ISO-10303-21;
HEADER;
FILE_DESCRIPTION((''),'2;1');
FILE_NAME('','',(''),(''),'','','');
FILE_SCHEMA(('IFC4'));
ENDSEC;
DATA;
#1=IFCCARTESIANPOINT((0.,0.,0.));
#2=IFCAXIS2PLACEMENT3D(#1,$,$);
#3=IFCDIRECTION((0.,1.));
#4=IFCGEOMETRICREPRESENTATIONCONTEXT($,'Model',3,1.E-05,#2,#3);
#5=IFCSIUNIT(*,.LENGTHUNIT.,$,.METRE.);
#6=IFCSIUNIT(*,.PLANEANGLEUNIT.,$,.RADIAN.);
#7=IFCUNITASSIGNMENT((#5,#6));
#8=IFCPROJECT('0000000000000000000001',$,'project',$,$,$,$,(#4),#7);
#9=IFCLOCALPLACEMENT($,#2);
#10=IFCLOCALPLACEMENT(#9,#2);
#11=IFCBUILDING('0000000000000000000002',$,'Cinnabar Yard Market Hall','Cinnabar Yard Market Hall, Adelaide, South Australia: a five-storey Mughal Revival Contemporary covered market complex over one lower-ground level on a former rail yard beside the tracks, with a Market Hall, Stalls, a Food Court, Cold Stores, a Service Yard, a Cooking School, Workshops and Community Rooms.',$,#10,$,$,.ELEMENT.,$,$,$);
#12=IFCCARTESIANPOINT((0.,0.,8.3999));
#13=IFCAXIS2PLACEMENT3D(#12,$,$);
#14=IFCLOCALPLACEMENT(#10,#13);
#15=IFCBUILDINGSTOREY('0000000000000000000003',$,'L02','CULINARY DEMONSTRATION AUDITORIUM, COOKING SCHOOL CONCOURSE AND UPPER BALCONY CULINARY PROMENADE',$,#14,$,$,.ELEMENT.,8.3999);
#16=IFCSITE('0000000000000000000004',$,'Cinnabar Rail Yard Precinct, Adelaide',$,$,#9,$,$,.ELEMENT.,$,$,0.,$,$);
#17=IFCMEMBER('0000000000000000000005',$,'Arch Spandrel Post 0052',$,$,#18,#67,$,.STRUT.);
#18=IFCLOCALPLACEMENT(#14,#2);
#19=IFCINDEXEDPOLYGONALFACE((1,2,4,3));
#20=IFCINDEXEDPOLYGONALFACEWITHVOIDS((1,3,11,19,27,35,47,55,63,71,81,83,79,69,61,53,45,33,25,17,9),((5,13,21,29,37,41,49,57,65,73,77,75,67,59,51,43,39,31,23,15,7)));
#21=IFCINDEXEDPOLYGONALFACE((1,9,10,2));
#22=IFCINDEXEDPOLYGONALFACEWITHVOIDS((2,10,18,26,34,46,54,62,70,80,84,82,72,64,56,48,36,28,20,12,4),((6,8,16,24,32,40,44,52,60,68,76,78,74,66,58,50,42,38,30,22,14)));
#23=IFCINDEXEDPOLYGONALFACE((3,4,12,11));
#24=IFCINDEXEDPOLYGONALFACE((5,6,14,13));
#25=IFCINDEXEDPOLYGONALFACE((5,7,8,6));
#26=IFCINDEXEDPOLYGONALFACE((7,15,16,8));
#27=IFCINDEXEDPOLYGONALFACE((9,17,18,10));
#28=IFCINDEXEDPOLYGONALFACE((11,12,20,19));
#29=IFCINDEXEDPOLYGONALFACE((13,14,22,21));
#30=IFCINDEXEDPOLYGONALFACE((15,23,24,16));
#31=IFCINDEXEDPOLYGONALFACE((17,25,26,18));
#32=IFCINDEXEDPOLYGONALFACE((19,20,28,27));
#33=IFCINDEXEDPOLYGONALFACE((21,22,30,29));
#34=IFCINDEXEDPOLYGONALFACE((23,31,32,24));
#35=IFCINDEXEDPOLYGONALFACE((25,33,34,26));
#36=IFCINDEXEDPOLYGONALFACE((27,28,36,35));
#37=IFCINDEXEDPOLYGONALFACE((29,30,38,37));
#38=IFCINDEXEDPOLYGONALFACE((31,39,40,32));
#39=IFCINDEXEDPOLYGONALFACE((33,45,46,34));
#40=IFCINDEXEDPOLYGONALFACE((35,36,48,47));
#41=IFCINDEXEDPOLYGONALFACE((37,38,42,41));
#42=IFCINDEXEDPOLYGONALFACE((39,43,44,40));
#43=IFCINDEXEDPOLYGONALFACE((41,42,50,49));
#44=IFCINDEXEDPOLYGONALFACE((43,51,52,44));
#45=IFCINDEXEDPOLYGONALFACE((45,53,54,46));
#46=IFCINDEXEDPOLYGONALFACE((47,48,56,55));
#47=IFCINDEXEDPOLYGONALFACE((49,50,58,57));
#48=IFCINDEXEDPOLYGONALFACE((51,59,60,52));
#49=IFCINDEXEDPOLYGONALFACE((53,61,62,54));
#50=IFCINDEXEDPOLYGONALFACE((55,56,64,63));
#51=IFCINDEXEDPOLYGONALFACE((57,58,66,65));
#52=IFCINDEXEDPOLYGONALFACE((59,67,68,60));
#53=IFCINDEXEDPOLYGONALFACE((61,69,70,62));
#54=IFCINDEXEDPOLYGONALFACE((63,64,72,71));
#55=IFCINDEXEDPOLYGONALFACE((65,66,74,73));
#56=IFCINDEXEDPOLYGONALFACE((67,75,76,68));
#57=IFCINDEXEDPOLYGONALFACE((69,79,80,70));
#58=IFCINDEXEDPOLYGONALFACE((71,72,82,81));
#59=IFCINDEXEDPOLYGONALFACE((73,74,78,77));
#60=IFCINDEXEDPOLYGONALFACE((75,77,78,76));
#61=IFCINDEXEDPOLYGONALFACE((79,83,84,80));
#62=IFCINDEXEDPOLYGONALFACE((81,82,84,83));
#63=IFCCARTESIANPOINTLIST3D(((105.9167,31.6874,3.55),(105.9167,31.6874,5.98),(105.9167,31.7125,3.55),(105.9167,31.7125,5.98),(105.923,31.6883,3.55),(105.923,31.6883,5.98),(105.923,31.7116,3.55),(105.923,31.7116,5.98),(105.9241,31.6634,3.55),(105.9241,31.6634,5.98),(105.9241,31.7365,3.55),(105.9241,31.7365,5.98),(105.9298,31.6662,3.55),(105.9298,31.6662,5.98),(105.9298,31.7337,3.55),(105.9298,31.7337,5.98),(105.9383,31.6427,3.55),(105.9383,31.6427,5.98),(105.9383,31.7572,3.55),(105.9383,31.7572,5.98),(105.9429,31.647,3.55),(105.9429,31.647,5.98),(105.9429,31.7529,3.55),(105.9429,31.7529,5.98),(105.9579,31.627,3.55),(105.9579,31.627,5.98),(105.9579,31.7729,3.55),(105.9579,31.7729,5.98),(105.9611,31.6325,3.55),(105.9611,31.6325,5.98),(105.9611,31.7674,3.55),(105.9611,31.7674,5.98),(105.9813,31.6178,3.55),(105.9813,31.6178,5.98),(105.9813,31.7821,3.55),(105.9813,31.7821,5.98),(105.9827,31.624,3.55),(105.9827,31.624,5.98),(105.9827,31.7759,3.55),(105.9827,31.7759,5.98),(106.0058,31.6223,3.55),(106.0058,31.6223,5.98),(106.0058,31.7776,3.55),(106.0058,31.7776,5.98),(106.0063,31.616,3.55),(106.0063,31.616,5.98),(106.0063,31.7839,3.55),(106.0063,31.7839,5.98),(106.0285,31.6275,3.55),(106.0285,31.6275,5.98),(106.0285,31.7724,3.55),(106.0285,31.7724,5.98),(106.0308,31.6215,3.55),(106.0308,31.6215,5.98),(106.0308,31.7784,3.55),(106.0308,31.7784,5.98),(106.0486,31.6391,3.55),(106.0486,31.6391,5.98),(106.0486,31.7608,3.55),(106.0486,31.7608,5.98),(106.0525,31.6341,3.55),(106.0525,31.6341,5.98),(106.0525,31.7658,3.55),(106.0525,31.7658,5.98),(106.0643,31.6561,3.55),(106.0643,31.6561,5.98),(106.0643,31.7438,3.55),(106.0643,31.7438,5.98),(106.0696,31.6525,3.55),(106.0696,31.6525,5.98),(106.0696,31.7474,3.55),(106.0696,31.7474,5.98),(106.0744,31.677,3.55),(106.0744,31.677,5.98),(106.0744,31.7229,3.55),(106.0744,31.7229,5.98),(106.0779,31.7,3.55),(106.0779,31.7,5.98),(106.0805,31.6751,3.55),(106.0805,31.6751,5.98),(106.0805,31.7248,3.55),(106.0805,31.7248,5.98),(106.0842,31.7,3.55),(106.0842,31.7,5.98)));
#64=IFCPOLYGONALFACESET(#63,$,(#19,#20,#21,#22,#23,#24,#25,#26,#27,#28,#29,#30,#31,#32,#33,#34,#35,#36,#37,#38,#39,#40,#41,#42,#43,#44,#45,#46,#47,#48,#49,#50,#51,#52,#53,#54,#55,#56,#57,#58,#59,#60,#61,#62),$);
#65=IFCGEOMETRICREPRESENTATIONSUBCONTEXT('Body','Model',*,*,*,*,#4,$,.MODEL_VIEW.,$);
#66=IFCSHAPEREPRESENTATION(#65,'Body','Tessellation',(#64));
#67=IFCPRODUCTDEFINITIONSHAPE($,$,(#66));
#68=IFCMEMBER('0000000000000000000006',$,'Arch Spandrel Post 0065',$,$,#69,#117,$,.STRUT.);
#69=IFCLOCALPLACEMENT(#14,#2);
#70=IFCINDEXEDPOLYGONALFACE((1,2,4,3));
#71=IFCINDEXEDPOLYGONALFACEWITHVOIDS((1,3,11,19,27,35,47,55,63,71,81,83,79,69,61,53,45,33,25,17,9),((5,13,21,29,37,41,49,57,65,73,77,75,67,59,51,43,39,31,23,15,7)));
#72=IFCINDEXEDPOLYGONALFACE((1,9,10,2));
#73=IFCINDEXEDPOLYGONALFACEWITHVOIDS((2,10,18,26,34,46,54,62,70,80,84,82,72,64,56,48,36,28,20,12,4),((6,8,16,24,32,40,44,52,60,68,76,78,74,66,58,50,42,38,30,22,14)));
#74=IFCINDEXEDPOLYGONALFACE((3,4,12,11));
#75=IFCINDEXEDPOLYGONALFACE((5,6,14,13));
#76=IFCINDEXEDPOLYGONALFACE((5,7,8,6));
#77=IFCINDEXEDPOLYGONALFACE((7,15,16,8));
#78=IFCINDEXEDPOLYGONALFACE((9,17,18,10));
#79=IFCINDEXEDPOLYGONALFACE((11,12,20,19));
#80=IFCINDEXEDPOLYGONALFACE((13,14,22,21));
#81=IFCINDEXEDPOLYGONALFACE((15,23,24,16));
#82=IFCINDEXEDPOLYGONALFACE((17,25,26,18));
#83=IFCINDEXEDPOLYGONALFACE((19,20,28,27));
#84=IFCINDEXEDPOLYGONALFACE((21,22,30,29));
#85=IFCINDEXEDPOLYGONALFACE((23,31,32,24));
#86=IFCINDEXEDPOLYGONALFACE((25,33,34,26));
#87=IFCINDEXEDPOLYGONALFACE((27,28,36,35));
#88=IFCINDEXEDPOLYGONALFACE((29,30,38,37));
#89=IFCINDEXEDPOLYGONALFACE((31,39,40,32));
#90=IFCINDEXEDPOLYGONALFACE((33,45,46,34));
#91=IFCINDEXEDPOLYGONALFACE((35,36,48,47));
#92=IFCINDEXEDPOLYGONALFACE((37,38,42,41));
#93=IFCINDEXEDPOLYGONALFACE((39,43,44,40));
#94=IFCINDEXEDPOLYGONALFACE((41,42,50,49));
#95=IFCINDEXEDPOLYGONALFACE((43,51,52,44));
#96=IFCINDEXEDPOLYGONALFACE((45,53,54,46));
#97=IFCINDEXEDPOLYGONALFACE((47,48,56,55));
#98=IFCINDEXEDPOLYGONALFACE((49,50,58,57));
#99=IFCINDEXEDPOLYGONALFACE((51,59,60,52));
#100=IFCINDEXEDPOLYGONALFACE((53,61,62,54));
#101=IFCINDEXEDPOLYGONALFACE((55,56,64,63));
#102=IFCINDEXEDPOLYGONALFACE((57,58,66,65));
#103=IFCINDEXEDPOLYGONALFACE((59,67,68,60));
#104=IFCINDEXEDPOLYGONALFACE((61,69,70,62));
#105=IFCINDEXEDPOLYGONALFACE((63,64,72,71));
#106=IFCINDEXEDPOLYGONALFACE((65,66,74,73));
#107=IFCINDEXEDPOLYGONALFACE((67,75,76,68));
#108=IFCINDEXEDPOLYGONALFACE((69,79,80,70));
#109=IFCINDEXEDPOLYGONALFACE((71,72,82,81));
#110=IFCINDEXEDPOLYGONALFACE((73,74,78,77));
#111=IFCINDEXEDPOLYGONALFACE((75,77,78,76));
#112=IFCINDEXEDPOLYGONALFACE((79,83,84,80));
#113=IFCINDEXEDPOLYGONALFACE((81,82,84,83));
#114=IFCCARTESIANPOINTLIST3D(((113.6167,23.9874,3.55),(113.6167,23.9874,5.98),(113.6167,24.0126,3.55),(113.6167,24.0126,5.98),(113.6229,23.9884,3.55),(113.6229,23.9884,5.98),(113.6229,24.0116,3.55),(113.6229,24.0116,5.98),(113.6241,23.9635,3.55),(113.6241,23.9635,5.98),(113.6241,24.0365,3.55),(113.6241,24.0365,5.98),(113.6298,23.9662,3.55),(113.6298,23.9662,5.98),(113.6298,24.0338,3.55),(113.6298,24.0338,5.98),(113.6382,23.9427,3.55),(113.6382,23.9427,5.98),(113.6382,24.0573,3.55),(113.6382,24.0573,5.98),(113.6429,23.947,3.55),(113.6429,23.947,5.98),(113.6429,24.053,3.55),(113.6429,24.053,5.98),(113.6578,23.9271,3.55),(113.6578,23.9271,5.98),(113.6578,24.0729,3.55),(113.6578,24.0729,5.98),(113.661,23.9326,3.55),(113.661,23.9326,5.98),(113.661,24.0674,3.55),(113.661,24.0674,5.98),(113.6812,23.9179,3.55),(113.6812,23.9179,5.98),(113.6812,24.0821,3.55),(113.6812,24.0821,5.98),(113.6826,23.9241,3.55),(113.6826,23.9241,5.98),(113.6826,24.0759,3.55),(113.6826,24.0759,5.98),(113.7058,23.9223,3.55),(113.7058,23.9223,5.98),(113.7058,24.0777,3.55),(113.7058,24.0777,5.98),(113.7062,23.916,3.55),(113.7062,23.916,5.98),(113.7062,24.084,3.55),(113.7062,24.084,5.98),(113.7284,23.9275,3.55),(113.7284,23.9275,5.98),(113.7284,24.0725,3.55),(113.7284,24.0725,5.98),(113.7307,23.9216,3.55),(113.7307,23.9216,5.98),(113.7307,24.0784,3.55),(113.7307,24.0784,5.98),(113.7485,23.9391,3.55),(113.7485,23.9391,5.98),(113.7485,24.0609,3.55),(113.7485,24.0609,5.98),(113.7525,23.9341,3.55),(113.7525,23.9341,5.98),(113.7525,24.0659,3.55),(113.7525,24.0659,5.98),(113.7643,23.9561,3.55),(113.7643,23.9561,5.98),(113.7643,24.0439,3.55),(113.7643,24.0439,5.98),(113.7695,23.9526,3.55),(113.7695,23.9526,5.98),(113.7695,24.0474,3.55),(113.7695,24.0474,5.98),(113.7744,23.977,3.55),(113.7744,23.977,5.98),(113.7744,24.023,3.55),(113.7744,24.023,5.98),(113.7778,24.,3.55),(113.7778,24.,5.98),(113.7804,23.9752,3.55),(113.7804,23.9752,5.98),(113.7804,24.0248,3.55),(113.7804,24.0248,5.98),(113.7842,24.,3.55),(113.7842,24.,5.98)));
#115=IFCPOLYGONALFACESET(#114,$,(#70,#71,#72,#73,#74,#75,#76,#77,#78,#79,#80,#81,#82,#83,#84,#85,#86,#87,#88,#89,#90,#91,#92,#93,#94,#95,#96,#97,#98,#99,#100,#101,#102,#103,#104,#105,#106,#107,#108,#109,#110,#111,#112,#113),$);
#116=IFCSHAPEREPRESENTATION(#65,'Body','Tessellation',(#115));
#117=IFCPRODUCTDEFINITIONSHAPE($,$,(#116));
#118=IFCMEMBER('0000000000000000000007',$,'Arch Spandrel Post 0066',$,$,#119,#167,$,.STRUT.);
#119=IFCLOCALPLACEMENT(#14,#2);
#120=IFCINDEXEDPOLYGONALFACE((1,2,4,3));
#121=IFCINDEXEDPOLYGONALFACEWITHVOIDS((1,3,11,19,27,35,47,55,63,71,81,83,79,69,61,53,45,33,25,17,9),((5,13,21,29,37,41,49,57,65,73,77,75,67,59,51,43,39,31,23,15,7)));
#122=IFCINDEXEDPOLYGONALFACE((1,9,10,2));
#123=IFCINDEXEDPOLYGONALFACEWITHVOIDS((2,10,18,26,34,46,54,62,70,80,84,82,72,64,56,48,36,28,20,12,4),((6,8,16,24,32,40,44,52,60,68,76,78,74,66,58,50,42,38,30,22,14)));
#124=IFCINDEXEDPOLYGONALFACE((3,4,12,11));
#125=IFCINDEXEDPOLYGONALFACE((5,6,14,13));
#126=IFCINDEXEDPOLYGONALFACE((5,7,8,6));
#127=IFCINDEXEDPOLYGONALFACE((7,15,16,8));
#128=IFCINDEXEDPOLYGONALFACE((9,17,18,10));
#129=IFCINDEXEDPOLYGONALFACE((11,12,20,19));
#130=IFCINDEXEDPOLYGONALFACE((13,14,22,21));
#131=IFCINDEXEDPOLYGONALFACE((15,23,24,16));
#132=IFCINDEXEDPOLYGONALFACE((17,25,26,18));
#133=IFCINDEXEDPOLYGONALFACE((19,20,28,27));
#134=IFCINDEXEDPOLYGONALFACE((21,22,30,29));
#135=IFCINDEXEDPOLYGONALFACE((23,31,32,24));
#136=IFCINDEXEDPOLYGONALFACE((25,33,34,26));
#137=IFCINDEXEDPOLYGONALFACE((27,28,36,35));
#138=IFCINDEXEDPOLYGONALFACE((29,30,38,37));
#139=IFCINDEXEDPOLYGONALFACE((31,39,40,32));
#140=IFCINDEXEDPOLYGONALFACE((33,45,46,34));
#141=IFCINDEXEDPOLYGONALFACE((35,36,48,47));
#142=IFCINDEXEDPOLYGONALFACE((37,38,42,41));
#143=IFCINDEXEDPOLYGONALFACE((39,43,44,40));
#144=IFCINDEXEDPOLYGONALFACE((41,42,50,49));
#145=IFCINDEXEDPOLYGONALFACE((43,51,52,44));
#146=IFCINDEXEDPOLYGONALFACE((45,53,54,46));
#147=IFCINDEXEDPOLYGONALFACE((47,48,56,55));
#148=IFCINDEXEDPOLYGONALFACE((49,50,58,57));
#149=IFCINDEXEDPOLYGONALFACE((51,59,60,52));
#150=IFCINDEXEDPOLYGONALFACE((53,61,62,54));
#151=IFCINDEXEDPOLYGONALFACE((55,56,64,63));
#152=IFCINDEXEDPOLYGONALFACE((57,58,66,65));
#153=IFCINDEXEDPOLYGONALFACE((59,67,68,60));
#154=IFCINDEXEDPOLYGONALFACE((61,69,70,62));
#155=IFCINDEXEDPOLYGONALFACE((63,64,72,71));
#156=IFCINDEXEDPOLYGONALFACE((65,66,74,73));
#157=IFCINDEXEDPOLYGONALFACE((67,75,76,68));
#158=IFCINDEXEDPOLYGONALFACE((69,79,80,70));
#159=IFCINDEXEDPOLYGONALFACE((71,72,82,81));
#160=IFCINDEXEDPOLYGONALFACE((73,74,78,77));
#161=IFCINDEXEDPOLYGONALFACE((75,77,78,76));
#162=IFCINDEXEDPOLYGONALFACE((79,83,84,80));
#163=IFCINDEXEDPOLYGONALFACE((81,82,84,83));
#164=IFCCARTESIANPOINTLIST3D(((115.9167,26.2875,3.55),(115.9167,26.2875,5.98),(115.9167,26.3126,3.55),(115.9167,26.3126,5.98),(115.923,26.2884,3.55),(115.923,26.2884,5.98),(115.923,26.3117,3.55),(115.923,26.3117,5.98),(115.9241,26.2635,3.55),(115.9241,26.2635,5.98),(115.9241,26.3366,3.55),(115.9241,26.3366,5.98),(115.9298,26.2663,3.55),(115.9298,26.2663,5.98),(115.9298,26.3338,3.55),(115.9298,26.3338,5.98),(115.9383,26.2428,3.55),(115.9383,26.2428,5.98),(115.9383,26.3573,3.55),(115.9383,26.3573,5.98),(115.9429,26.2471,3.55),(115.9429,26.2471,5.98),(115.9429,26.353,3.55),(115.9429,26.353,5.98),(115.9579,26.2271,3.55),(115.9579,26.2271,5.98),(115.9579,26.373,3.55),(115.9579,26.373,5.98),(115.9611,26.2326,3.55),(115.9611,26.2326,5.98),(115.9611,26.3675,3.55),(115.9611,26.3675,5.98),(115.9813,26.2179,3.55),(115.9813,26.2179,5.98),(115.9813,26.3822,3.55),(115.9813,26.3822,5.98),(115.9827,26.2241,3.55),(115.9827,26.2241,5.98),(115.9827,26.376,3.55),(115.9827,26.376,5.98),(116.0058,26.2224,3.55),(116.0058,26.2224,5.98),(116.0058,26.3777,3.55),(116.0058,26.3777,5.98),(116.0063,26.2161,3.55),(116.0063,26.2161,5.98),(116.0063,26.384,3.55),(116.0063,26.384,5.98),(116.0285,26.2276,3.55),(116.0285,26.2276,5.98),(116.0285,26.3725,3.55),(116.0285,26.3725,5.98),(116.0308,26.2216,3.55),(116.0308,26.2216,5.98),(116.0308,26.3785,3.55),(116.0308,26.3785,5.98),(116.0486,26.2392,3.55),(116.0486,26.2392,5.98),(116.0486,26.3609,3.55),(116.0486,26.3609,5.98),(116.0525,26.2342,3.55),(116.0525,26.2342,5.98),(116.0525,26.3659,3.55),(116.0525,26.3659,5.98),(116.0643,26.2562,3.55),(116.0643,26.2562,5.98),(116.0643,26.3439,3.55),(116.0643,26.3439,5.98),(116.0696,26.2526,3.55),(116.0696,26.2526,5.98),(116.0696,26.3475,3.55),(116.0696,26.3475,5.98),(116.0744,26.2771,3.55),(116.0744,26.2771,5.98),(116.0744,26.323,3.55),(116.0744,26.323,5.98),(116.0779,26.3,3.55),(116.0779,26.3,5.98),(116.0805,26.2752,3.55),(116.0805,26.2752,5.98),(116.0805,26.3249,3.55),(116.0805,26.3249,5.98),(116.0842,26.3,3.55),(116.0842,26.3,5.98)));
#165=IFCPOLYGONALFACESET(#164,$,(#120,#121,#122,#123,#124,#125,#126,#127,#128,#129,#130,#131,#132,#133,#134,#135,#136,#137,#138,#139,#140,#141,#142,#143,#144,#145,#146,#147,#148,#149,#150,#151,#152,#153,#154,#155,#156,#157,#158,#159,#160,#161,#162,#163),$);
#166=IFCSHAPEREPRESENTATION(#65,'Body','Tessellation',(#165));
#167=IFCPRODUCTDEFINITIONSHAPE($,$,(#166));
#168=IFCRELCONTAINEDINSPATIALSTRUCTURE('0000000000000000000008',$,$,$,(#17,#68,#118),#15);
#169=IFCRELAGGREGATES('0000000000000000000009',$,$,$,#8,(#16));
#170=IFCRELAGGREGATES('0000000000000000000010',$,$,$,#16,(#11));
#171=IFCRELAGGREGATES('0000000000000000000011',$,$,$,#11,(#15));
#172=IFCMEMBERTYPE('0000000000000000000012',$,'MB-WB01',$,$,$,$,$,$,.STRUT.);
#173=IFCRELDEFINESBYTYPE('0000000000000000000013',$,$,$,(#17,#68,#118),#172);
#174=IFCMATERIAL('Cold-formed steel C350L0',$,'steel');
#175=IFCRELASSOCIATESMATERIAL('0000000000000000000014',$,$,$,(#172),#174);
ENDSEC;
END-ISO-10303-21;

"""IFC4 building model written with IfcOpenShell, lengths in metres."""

from ifc_helpers import new_model, si_unit, direction, frame, origin, origin_2d_with_axis, place, context, subcontext, project, spatial, hollow_circle, extrude, material, material_profile, profile_set, type_object, element, save


model = new_model("IFC4")

# Units and contexts
model_context = context("Model", 3, precision=1e-05, world=origin(), true_north=direction((0.0, 1.0)))
body_context = subcontext(model_context, "Body", "Model", "MODEL_VIEW")
ifc_project = project(units=[si_unit("LENGTHUNIT", "METRE"), si_unit("PLANEANGLEUNIT", "RADIAN")], contexts=[model_context])

# Site, building, storey
site_placement = place(None, origin())
site = spatial("IfcSite", under=ifc_project, at=site_placement, Name="Cinnabar Rail Yard Precinct, Adelaide", CompositionType="ELEMENT", RefElevation=0.0)
building_placement = place(site_placement, origin())
building = spatial("IfcBuilding", under=site, at=building_placement, Name="Cinnabar Yard Market Hall", Description="Cinnabar Yard Market Hall, Adelaide, South Australia: a five-storey Mughal Revival Contemporary covered market complex over one lower-ground level on a former rail yard beside the tracks, with a Market Hall, Stalls, a Food Court, Cold Stores, a Service Yard, a Cooking School, Workshops and Community Rooms.", CompositionType="ELEMENT")
storey_placement = place(building_placement, frame((0.0, 0.0, 8.3999)))
storey = spatial("IfcBuildingStorey", under=building, at=storey_placement, Name="L02", Description="CULINARY DEMONSTRATION AUDITORIUM, COOKING SCHOOL CONCOURSE AND UPPER BALCONY CULINARY PROMENADE", CompositionType="ELEMENT", Elevation=8.3999)

# Members
ifc_material_1 = material(Name="Cold-formed steel C350L0", Category="steel")
ifc_material_profile_1 = material_profile(ifc_material_1, hollow_circle(Radius=0.0842, WallThickness=0.0063, at=origin_2d_with_axis()), Name="168.3x6.4CHS")
ifc_profile_set_1 = profile_set([ifc_material_profile_1], Name="Cold-formed steel C350L0")
member_type_1 = type_object("IfcMemberType", Name="MB-WB01", PredefinedType="STRUT", material=ifc_profile_set_1)
for number, where, z_axis, x_axis, name in (
    (1, (106.0, 31.7, 3.55), (0.0, 0.0, 1.0), (1.0, 0.0, 0.0), "Arch Spandrel Post 0052"),
    (2, (113.7, 24.0, 3.55), (0.0, 0.0, 1.0), (1.0, 0.0, 0.0), "Arch Spandrel Post 0065"),
    (3, (116.0, 26.3, 3.55), (0.0, 0.0, 1.0), (1.0, 0.0, 0.0), "Arch Spandrel Post 0066"),
):
    element("IfcMember", number, at=place(storey_placement, frame(where, z_axis=z_axis, x_axis=x_axis)), inside=storey, type_object=member_type_1, Name=name, PredefinedType="STRUT", context=body_context, shape_type="SweptSolid", body=[
        extrude(hollow_circle(Radius=0.0842, WallThickness=0.0063, at=origin_2d_with_axis()), origin(), (0.0, 0.0, 1.0), 2.4299),
    ])

save(model, "model.ifc")
